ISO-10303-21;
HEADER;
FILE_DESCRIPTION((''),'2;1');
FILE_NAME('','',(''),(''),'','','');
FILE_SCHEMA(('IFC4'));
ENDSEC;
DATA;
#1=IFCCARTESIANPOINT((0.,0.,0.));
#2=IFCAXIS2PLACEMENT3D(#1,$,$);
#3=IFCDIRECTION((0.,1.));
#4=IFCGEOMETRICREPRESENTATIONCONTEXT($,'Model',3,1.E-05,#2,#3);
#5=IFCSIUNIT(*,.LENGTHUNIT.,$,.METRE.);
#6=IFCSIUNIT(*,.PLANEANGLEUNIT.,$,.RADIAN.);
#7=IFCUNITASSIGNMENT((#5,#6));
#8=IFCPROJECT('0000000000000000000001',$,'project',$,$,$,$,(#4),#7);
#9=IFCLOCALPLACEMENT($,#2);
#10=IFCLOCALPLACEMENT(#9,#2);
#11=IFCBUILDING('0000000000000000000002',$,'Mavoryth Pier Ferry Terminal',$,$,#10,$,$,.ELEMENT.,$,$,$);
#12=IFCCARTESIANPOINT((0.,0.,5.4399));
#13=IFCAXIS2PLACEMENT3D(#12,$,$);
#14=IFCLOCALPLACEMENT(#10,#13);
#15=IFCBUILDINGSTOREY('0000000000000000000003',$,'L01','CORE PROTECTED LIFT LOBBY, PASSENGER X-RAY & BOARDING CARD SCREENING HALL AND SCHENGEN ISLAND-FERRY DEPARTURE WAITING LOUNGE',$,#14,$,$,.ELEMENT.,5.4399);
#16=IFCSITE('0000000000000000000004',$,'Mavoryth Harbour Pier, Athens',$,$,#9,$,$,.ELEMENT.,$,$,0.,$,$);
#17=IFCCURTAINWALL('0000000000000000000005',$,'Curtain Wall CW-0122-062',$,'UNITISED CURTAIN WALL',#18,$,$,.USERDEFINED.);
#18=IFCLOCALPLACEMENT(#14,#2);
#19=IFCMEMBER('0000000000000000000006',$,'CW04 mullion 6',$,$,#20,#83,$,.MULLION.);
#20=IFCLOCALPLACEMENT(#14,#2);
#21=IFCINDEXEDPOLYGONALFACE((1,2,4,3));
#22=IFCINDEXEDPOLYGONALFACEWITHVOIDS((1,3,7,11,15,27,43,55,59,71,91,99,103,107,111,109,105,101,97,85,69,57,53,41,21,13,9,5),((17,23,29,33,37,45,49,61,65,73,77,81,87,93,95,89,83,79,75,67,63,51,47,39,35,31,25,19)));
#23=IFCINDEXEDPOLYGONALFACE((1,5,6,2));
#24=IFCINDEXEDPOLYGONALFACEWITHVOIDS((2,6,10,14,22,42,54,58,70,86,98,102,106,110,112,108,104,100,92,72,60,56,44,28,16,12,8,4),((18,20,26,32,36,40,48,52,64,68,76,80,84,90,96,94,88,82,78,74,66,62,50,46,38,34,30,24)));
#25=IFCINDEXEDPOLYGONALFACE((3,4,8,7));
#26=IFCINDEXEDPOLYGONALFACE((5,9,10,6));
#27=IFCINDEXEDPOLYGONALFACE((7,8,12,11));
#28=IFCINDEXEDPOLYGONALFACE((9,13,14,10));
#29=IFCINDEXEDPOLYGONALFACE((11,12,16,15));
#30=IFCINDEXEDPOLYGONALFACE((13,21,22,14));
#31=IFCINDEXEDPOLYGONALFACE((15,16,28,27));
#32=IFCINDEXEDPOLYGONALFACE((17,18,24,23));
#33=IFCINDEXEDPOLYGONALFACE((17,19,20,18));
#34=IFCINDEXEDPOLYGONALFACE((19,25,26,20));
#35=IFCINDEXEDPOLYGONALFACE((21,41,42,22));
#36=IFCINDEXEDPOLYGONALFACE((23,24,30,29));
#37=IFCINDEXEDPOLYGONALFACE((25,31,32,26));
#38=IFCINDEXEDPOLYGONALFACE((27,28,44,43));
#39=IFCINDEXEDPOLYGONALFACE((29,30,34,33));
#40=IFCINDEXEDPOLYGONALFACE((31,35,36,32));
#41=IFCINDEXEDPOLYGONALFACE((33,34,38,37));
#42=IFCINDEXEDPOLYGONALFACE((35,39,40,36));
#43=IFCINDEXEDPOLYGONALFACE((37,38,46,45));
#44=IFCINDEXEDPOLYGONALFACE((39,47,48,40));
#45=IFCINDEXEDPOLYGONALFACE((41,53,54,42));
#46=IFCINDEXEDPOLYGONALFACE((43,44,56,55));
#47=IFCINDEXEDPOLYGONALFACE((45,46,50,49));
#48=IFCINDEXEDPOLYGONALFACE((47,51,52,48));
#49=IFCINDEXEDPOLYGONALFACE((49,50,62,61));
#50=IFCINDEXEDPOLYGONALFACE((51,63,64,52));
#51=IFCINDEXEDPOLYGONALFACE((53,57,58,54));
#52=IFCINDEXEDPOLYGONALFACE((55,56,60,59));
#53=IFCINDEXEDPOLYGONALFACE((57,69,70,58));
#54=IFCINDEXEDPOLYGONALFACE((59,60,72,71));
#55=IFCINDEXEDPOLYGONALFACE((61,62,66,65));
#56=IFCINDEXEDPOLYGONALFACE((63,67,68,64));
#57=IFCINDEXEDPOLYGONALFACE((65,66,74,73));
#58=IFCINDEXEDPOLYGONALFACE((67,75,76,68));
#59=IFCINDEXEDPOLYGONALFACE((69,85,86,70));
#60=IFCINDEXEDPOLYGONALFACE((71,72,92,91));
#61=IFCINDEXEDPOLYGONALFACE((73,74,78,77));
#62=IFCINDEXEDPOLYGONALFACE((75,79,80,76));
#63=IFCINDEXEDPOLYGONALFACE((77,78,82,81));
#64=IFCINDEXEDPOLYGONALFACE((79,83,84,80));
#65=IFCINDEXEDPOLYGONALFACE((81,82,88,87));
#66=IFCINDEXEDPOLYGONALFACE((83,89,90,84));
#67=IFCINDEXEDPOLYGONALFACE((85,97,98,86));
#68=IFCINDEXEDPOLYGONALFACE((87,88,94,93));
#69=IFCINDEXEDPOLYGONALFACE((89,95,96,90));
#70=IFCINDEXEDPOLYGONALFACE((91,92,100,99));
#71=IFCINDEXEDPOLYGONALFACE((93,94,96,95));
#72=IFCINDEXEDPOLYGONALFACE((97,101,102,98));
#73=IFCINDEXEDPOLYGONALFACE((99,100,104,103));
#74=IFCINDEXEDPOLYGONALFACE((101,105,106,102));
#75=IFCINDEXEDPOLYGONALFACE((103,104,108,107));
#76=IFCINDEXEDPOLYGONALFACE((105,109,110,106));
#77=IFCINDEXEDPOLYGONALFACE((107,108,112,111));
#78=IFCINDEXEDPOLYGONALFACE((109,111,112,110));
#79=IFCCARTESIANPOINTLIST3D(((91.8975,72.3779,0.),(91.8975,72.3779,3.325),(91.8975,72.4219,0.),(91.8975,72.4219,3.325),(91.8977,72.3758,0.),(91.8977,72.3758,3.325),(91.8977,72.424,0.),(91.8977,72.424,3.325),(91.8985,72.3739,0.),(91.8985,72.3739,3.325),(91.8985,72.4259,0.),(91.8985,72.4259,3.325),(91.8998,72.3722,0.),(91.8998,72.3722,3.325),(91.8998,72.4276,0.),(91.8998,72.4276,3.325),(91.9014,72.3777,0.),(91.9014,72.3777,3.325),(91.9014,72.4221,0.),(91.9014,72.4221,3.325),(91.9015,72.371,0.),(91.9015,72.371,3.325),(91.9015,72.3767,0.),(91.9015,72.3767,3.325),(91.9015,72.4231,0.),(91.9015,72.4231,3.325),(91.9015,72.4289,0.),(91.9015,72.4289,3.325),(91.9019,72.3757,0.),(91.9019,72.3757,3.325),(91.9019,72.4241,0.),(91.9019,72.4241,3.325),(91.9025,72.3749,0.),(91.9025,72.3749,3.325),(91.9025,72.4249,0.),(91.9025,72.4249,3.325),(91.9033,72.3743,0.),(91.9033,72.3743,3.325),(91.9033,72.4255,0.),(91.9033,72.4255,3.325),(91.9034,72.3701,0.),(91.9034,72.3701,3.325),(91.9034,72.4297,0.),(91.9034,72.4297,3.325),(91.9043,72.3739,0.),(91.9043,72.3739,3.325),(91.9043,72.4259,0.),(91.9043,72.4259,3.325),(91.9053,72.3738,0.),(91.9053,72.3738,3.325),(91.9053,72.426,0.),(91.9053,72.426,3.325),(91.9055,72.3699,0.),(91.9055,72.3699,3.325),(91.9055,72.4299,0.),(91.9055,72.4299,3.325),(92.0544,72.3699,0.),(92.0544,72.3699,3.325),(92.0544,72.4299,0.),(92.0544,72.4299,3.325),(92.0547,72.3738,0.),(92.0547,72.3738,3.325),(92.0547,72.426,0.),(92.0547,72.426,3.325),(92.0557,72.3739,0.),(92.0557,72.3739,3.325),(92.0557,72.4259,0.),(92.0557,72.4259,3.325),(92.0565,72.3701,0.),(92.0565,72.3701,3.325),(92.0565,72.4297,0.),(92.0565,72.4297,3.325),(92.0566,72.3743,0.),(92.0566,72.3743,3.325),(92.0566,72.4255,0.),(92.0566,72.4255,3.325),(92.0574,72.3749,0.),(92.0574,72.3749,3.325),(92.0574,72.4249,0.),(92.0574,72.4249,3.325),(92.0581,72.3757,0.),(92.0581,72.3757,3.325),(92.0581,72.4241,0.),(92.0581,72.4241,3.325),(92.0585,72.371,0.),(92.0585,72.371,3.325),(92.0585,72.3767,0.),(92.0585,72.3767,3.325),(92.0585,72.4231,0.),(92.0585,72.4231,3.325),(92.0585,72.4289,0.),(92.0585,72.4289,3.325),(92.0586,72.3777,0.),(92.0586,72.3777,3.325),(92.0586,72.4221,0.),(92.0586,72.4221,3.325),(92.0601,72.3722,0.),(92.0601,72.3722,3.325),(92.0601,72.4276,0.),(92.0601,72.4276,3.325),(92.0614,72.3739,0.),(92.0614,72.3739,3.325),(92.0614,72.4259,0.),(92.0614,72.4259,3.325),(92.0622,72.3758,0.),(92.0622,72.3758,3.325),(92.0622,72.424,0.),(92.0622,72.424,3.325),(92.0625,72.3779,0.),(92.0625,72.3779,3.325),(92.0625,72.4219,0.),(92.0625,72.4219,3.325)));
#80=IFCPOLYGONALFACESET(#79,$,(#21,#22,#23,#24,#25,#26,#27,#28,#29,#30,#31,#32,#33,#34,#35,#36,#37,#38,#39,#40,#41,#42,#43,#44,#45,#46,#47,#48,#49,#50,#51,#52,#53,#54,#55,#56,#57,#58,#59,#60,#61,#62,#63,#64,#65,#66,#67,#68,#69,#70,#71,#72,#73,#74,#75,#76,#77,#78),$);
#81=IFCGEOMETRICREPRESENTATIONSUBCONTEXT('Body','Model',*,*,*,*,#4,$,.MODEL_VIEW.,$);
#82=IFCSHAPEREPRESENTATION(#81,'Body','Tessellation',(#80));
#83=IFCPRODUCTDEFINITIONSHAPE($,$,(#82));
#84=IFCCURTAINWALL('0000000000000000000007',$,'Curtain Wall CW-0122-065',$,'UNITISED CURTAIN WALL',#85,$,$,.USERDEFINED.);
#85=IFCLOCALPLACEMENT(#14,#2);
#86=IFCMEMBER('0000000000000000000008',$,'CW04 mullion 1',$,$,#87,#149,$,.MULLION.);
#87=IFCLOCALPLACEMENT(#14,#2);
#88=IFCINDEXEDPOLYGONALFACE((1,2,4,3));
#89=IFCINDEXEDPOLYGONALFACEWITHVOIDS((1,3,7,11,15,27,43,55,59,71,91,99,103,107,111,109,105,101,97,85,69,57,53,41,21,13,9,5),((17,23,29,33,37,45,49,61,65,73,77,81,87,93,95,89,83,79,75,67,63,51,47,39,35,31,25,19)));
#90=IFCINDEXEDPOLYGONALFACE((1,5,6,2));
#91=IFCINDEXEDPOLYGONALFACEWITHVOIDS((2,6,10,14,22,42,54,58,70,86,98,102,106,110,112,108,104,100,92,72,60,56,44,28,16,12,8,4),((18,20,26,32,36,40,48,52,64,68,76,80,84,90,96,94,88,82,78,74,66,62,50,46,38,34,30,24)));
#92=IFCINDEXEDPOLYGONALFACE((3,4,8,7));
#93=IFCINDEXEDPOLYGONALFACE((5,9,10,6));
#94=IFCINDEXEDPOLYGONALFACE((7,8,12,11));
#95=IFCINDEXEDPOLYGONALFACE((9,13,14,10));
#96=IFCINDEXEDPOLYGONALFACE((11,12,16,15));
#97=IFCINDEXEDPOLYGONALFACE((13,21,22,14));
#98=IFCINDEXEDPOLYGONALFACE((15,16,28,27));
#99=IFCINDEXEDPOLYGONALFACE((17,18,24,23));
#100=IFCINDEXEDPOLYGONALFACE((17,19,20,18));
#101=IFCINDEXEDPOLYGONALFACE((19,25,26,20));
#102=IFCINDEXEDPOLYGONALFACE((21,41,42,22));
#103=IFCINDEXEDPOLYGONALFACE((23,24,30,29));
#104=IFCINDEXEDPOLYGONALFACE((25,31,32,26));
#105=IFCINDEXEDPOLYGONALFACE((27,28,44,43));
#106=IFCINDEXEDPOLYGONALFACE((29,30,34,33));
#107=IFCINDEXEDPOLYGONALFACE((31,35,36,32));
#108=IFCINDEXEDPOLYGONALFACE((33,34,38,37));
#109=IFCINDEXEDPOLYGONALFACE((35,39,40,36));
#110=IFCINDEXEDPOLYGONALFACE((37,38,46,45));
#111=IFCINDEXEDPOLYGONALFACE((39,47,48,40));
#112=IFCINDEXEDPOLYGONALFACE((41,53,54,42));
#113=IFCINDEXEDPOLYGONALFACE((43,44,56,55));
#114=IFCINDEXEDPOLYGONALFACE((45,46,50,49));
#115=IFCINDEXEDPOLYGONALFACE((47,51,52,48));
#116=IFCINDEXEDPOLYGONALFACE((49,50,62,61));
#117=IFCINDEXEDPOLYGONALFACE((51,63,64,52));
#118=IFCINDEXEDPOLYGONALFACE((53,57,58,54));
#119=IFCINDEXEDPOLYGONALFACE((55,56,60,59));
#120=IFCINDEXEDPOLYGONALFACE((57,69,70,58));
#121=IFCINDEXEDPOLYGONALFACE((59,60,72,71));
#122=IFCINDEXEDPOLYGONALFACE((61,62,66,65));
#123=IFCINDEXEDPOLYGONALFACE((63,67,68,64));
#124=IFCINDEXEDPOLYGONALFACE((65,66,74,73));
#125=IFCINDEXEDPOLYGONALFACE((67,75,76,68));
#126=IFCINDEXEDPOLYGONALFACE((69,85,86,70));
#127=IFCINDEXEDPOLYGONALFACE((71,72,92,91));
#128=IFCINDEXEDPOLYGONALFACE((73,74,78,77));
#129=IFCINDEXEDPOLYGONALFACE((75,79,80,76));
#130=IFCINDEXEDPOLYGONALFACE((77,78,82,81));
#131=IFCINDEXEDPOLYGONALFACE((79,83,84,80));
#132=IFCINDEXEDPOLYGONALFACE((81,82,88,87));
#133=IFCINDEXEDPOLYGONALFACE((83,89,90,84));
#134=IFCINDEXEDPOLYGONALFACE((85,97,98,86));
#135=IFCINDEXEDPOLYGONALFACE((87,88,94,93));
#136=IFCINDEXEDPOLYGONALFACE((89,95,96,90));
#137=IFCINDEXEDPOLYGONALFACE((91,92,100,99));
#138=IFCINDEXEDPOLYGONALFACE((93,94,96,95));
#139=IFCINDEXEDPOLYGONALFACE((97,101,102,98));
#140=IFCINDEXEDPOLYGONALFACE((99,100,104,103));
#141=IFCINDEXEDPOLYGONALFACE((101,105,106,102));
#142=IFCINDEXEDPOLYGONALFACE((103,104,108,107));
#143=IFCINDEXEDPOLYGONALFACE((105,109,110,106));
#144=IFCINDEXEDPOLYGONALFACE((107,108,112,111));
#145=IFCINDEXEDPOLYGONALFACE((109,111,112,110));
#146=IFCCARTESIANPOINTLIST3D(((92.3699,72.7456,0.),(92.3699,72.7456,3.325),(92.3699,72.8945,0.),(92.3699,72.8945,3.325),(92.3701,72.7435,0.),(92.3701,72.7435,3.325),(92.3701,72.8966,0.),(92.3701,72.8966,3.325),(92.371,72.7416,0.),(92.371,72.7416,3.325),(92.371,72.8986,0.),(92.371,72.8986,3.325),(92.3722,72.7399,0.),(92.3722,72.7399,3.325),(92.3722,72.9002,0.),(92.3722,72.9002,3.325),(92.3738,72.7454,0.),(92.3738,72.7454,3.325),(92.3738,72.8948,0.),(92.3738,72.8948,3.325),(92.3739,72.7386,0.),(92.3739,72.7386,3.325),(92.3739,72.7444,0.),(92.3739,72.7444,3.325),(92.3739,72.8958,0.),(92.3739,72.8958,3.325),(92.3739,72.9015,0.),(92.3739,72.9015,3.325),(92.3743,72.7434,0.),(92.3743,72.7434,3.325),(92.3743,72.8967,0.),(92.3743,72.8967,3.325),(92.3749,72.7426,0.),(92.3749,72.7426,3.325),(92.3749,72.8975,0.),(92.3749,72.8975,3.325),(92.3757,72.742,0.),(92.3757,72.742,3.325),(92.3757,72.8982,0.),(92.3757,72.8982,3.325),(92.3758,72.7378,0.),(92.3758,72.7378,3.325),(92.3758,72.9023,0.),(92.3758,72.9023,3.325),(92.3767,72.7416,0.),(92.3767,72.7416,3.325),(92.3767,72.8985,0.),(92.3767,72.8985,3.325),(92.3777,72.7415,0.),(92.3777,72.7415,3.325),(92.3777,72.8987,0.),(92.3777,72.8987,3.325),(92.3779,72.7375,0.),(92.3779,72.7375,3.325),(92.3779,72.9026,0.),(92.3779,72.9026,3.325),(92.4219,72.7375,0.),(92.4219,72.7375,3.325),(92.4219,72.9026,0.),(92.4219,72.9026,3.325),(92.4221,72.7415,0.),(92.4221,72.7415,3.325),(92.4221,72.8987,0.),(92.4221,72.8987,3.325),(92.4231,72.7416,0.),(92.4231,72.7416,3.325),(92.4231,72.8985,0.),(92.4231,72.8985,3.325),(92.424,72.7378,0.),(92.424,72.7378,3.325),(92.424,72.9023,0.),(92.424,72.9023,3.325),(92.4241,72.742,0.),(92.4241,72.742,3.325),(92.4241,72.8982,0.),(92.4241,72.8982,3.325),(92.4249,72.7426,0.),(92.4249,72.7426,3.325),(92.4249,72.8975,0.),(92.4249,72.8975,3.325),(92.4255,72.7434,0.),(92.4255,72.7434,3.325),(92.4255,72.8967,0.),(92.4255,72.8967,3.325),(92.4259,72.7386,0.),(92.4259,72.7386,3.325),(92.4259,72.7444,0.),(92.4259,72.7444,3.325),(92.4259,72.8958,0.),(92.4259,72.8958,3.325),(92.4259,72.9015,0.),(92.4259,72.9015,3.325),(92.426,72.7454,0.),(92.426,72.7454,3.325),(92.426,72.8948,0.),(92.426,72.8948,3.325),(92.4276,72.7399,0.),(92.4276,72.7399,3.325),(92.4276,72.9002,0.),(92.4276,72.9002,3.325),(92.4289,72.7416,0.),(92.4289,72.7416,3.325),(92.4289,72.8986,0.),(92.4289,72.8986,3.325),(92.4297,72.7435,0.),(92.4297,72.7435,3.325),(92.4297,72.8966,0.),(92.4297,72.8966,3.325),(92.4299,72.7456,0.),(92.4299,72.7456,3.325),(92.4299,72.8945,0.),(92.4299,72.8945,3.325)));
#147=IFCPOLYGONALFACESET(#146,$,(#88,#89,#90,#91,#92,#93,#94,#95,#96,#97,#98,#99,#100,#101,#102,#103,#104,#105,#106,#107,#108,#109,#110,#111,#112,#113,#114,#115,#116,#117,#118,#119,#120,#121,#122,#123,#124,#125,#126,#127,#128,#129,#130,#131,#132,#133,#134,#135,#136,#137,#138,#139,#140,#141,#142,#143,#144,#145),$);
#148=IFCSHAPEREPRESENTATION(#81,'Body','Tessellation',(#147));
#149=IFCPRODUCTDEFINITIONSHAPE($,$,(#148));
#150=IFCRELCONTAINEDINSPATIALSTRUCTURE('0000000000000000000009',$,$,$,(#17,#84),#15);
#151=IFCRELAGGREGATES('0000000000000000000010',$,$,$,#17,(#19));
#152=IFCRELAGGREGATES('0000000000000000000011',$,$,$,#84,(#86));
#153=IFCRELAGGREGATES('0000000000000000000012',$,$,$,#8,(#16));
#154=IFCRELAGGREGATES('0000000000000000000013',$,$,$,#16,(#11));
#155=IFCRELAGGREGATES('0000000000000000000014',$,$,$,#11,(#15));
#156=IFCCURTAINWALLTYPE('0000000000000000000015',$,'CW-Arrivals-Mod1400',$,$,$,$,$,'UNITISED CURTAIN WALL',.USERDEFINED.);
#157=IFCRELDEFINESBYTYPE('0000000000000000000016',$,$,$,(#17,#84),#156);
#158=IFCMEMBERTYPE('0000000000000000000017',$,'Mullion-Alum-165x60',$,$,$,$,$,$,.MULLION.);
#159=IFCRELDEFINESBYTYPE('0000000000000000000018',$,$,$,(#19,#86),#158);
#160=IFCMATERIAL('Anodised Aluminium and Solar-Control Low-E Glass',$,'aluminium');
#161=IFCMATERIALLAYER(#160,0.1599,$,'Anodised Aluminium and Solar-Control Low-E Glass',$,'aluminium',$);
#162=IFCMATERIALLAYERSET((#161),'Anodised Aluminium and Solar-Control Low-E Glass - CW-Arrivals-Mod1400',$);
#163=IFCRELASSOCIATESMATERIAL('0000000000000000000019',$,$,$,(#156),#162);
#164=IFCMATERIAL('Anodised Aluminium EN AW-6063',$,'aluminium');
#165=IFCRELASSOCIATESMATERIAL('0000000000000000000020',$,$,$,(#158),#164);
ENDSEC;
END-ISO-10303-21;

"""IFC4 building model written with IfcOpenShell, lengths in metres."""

from ifc_helpers import new_model, si_unit, direction, frame, origin, origin_2d, place, context, subcontext, project, spatial, hollow_rectangle, extrude, material, layer, layer_set, material_profile, profile_set, type_object, element, aggregate, save


model = new_model("IFC4")

# Units and contexts
model_context = context("Model", 3, precision=1e-05, world=origin(), true_north=direction((0.0, 1.0)))
body_context = subcontext(model_context, "Body", "Model", "MODEL_VIEW")
ifc_project = project(units=[si_unit("LENGTHUNIT", "METRE"), si_unit("PLANEANGLEUNIT", "RADIAN")], contexts=[model_context])

# Site, building, storey
site_placement = place(None, origin())
site = spatial("IfcSite", under=ifc_project, at=site_placement, Name="Mavoryth Harbour Pier, Athens", CompositionType="ELEMENT", RefElevation=0.0)
building_placement = place(site_placement, origin())
building = spatial("IfcBuilding", under=site, at=building_placement, Name="Mavoryth Pier Ferry Terminal", CompositionType="ELEMENT")
storey_placement = place(building_placement, frame((0.0, 0.0, 5.4399)))
storey = spatial("IfcBuildingStorey", under=building, at=storey_placement, Name="L01", Description="CORE PROTECTED LIFT LOBBY, PASSENGER X-RAY & BOARDING CARD SCREENING HALL AND SCHENGEN ISLAND-FERRY DEPARTURE WAITING LOUNGE", CompositionType="ELEMENT", Elevation=5.4399)

# Curtain walls, members
ifc_material_1 = material(Name="Anodised Aluminium and Solar-Control Low-E Glass", Category="aluminium")
ifc_layer_1 = layer(ifc_material_1, 0.1599, Name="Anodised Aluminium and Solar-Control Low-E Glass", Category="aluminium")
ifc_layer_set_1 = layer_set([ifc_layer_1], Name="Anodised Aluminium and Solar-Control Low-E Glass - CW-Arrivals-Mod1400")
curtain_wall_type = type_object("IfcCurtainWallType", Name="CW-Arrivals-Mod1400", ElementType="UNITISED CURTAIN WALL", PredefinedType="USERDEFINED", material=ifc_layer_set_1)
curtain_wall_1_placement = place(storey_placement, origin())
curtain_wall_1 = element("IfcCurtainWall", 1, at=curtain_wall_1_placement, inside=storey, type_object=curtain_wall_type, Name="Curtain Wall CW-0122-062", ObjectType="UNITISED CURTAIN WALL", PredefinedType="USERDEFINED")
ifc_material_2 = material(Name="Anodised Aluminium EN AW-6063", Category="aluminium")
ifc_material_profile_1 = material_profile(ifc_material_2, hollow_rectangle(XDim=0.0601, YDim=0.165, WallThickness=0.0039, InnerFilletRadius=0.0039, OuterFilletRadius=0.0081, at=origin_2d()), Name="AL-MULL 165x60x4", Category="aluminium")
ifc_profile_set_1 = profile_set([ifc_material_profile_1], Name="Anodised Aluminium EN AW-6063 - AL-MULL 165x60x4")
member_type_1 = type_object("IfcMemberType", Name="Mullion-Alum-165x60", PredefinedType="MULLION", material=ifc_profile_set_1)
member_1_placement = place(storey_placement, frame((91.98, 72.3999, 0.0), z_axis=(0.0, 0.0, 1.0), x_axis=(0.0, 1.0, 0.0)))
member_1 = element("IfcMember", 2, at=member_1_placement, type_object=member_type_1, Name="CW04 mullion 6", PredefinedType="MULLION", context=body_context, shape_type="SweptSolid", body=[
    extrude(hollow_rectangle(XDim=0.0601, YDim=0.165, WallThickness=0.0039, InnerFilletRadius=0.0039, OuterFilletRadius=0.0081, at=origin_2d()), origin(), (0.0, 0.0, 1.0), 3.325),
])
curtain_wall_2_placement = place(storey_placement, origin())
curtain_wall_2 = element("IfcCurtainWall", 3, at=curtain_wall_2_placement, inside=storey, type_object=curtain_wall_type, Name="Curtain Wall CW-0122-065", ObjectType="UNITISED CURTAIN WALL", PredefinedType="USERDEFINED")
member_2_placement = place(storey_placement, frame((92.3999, 72.8201, 0.0), z_axis=(0.0, 0.0, 1.0), x_axis=(-1.0, 0.0, 0.0)))
member_2 = element("IfcMember", 4, at=member_2_placement, type_object=member_type_1, Name="CW04 mullion 1", PredefinedType="MULLION", context=body_context, shape_type="SweptSolid", body=[
    extrude(hollow_rectangle(XDim=0.0601, YDim=0.165, WallThickness=0.0039, InnerFilletRadius=0.0039, OuterFilletRadius=0.0081, at=origin_2d()), origin(), (0.0, 0.0, 1.0), 3.325),
])

aggregate(curtain_wall_1, [member_1])
aggregate(curtain_wall_2, [member_2])

save(model, "model.ifc")
